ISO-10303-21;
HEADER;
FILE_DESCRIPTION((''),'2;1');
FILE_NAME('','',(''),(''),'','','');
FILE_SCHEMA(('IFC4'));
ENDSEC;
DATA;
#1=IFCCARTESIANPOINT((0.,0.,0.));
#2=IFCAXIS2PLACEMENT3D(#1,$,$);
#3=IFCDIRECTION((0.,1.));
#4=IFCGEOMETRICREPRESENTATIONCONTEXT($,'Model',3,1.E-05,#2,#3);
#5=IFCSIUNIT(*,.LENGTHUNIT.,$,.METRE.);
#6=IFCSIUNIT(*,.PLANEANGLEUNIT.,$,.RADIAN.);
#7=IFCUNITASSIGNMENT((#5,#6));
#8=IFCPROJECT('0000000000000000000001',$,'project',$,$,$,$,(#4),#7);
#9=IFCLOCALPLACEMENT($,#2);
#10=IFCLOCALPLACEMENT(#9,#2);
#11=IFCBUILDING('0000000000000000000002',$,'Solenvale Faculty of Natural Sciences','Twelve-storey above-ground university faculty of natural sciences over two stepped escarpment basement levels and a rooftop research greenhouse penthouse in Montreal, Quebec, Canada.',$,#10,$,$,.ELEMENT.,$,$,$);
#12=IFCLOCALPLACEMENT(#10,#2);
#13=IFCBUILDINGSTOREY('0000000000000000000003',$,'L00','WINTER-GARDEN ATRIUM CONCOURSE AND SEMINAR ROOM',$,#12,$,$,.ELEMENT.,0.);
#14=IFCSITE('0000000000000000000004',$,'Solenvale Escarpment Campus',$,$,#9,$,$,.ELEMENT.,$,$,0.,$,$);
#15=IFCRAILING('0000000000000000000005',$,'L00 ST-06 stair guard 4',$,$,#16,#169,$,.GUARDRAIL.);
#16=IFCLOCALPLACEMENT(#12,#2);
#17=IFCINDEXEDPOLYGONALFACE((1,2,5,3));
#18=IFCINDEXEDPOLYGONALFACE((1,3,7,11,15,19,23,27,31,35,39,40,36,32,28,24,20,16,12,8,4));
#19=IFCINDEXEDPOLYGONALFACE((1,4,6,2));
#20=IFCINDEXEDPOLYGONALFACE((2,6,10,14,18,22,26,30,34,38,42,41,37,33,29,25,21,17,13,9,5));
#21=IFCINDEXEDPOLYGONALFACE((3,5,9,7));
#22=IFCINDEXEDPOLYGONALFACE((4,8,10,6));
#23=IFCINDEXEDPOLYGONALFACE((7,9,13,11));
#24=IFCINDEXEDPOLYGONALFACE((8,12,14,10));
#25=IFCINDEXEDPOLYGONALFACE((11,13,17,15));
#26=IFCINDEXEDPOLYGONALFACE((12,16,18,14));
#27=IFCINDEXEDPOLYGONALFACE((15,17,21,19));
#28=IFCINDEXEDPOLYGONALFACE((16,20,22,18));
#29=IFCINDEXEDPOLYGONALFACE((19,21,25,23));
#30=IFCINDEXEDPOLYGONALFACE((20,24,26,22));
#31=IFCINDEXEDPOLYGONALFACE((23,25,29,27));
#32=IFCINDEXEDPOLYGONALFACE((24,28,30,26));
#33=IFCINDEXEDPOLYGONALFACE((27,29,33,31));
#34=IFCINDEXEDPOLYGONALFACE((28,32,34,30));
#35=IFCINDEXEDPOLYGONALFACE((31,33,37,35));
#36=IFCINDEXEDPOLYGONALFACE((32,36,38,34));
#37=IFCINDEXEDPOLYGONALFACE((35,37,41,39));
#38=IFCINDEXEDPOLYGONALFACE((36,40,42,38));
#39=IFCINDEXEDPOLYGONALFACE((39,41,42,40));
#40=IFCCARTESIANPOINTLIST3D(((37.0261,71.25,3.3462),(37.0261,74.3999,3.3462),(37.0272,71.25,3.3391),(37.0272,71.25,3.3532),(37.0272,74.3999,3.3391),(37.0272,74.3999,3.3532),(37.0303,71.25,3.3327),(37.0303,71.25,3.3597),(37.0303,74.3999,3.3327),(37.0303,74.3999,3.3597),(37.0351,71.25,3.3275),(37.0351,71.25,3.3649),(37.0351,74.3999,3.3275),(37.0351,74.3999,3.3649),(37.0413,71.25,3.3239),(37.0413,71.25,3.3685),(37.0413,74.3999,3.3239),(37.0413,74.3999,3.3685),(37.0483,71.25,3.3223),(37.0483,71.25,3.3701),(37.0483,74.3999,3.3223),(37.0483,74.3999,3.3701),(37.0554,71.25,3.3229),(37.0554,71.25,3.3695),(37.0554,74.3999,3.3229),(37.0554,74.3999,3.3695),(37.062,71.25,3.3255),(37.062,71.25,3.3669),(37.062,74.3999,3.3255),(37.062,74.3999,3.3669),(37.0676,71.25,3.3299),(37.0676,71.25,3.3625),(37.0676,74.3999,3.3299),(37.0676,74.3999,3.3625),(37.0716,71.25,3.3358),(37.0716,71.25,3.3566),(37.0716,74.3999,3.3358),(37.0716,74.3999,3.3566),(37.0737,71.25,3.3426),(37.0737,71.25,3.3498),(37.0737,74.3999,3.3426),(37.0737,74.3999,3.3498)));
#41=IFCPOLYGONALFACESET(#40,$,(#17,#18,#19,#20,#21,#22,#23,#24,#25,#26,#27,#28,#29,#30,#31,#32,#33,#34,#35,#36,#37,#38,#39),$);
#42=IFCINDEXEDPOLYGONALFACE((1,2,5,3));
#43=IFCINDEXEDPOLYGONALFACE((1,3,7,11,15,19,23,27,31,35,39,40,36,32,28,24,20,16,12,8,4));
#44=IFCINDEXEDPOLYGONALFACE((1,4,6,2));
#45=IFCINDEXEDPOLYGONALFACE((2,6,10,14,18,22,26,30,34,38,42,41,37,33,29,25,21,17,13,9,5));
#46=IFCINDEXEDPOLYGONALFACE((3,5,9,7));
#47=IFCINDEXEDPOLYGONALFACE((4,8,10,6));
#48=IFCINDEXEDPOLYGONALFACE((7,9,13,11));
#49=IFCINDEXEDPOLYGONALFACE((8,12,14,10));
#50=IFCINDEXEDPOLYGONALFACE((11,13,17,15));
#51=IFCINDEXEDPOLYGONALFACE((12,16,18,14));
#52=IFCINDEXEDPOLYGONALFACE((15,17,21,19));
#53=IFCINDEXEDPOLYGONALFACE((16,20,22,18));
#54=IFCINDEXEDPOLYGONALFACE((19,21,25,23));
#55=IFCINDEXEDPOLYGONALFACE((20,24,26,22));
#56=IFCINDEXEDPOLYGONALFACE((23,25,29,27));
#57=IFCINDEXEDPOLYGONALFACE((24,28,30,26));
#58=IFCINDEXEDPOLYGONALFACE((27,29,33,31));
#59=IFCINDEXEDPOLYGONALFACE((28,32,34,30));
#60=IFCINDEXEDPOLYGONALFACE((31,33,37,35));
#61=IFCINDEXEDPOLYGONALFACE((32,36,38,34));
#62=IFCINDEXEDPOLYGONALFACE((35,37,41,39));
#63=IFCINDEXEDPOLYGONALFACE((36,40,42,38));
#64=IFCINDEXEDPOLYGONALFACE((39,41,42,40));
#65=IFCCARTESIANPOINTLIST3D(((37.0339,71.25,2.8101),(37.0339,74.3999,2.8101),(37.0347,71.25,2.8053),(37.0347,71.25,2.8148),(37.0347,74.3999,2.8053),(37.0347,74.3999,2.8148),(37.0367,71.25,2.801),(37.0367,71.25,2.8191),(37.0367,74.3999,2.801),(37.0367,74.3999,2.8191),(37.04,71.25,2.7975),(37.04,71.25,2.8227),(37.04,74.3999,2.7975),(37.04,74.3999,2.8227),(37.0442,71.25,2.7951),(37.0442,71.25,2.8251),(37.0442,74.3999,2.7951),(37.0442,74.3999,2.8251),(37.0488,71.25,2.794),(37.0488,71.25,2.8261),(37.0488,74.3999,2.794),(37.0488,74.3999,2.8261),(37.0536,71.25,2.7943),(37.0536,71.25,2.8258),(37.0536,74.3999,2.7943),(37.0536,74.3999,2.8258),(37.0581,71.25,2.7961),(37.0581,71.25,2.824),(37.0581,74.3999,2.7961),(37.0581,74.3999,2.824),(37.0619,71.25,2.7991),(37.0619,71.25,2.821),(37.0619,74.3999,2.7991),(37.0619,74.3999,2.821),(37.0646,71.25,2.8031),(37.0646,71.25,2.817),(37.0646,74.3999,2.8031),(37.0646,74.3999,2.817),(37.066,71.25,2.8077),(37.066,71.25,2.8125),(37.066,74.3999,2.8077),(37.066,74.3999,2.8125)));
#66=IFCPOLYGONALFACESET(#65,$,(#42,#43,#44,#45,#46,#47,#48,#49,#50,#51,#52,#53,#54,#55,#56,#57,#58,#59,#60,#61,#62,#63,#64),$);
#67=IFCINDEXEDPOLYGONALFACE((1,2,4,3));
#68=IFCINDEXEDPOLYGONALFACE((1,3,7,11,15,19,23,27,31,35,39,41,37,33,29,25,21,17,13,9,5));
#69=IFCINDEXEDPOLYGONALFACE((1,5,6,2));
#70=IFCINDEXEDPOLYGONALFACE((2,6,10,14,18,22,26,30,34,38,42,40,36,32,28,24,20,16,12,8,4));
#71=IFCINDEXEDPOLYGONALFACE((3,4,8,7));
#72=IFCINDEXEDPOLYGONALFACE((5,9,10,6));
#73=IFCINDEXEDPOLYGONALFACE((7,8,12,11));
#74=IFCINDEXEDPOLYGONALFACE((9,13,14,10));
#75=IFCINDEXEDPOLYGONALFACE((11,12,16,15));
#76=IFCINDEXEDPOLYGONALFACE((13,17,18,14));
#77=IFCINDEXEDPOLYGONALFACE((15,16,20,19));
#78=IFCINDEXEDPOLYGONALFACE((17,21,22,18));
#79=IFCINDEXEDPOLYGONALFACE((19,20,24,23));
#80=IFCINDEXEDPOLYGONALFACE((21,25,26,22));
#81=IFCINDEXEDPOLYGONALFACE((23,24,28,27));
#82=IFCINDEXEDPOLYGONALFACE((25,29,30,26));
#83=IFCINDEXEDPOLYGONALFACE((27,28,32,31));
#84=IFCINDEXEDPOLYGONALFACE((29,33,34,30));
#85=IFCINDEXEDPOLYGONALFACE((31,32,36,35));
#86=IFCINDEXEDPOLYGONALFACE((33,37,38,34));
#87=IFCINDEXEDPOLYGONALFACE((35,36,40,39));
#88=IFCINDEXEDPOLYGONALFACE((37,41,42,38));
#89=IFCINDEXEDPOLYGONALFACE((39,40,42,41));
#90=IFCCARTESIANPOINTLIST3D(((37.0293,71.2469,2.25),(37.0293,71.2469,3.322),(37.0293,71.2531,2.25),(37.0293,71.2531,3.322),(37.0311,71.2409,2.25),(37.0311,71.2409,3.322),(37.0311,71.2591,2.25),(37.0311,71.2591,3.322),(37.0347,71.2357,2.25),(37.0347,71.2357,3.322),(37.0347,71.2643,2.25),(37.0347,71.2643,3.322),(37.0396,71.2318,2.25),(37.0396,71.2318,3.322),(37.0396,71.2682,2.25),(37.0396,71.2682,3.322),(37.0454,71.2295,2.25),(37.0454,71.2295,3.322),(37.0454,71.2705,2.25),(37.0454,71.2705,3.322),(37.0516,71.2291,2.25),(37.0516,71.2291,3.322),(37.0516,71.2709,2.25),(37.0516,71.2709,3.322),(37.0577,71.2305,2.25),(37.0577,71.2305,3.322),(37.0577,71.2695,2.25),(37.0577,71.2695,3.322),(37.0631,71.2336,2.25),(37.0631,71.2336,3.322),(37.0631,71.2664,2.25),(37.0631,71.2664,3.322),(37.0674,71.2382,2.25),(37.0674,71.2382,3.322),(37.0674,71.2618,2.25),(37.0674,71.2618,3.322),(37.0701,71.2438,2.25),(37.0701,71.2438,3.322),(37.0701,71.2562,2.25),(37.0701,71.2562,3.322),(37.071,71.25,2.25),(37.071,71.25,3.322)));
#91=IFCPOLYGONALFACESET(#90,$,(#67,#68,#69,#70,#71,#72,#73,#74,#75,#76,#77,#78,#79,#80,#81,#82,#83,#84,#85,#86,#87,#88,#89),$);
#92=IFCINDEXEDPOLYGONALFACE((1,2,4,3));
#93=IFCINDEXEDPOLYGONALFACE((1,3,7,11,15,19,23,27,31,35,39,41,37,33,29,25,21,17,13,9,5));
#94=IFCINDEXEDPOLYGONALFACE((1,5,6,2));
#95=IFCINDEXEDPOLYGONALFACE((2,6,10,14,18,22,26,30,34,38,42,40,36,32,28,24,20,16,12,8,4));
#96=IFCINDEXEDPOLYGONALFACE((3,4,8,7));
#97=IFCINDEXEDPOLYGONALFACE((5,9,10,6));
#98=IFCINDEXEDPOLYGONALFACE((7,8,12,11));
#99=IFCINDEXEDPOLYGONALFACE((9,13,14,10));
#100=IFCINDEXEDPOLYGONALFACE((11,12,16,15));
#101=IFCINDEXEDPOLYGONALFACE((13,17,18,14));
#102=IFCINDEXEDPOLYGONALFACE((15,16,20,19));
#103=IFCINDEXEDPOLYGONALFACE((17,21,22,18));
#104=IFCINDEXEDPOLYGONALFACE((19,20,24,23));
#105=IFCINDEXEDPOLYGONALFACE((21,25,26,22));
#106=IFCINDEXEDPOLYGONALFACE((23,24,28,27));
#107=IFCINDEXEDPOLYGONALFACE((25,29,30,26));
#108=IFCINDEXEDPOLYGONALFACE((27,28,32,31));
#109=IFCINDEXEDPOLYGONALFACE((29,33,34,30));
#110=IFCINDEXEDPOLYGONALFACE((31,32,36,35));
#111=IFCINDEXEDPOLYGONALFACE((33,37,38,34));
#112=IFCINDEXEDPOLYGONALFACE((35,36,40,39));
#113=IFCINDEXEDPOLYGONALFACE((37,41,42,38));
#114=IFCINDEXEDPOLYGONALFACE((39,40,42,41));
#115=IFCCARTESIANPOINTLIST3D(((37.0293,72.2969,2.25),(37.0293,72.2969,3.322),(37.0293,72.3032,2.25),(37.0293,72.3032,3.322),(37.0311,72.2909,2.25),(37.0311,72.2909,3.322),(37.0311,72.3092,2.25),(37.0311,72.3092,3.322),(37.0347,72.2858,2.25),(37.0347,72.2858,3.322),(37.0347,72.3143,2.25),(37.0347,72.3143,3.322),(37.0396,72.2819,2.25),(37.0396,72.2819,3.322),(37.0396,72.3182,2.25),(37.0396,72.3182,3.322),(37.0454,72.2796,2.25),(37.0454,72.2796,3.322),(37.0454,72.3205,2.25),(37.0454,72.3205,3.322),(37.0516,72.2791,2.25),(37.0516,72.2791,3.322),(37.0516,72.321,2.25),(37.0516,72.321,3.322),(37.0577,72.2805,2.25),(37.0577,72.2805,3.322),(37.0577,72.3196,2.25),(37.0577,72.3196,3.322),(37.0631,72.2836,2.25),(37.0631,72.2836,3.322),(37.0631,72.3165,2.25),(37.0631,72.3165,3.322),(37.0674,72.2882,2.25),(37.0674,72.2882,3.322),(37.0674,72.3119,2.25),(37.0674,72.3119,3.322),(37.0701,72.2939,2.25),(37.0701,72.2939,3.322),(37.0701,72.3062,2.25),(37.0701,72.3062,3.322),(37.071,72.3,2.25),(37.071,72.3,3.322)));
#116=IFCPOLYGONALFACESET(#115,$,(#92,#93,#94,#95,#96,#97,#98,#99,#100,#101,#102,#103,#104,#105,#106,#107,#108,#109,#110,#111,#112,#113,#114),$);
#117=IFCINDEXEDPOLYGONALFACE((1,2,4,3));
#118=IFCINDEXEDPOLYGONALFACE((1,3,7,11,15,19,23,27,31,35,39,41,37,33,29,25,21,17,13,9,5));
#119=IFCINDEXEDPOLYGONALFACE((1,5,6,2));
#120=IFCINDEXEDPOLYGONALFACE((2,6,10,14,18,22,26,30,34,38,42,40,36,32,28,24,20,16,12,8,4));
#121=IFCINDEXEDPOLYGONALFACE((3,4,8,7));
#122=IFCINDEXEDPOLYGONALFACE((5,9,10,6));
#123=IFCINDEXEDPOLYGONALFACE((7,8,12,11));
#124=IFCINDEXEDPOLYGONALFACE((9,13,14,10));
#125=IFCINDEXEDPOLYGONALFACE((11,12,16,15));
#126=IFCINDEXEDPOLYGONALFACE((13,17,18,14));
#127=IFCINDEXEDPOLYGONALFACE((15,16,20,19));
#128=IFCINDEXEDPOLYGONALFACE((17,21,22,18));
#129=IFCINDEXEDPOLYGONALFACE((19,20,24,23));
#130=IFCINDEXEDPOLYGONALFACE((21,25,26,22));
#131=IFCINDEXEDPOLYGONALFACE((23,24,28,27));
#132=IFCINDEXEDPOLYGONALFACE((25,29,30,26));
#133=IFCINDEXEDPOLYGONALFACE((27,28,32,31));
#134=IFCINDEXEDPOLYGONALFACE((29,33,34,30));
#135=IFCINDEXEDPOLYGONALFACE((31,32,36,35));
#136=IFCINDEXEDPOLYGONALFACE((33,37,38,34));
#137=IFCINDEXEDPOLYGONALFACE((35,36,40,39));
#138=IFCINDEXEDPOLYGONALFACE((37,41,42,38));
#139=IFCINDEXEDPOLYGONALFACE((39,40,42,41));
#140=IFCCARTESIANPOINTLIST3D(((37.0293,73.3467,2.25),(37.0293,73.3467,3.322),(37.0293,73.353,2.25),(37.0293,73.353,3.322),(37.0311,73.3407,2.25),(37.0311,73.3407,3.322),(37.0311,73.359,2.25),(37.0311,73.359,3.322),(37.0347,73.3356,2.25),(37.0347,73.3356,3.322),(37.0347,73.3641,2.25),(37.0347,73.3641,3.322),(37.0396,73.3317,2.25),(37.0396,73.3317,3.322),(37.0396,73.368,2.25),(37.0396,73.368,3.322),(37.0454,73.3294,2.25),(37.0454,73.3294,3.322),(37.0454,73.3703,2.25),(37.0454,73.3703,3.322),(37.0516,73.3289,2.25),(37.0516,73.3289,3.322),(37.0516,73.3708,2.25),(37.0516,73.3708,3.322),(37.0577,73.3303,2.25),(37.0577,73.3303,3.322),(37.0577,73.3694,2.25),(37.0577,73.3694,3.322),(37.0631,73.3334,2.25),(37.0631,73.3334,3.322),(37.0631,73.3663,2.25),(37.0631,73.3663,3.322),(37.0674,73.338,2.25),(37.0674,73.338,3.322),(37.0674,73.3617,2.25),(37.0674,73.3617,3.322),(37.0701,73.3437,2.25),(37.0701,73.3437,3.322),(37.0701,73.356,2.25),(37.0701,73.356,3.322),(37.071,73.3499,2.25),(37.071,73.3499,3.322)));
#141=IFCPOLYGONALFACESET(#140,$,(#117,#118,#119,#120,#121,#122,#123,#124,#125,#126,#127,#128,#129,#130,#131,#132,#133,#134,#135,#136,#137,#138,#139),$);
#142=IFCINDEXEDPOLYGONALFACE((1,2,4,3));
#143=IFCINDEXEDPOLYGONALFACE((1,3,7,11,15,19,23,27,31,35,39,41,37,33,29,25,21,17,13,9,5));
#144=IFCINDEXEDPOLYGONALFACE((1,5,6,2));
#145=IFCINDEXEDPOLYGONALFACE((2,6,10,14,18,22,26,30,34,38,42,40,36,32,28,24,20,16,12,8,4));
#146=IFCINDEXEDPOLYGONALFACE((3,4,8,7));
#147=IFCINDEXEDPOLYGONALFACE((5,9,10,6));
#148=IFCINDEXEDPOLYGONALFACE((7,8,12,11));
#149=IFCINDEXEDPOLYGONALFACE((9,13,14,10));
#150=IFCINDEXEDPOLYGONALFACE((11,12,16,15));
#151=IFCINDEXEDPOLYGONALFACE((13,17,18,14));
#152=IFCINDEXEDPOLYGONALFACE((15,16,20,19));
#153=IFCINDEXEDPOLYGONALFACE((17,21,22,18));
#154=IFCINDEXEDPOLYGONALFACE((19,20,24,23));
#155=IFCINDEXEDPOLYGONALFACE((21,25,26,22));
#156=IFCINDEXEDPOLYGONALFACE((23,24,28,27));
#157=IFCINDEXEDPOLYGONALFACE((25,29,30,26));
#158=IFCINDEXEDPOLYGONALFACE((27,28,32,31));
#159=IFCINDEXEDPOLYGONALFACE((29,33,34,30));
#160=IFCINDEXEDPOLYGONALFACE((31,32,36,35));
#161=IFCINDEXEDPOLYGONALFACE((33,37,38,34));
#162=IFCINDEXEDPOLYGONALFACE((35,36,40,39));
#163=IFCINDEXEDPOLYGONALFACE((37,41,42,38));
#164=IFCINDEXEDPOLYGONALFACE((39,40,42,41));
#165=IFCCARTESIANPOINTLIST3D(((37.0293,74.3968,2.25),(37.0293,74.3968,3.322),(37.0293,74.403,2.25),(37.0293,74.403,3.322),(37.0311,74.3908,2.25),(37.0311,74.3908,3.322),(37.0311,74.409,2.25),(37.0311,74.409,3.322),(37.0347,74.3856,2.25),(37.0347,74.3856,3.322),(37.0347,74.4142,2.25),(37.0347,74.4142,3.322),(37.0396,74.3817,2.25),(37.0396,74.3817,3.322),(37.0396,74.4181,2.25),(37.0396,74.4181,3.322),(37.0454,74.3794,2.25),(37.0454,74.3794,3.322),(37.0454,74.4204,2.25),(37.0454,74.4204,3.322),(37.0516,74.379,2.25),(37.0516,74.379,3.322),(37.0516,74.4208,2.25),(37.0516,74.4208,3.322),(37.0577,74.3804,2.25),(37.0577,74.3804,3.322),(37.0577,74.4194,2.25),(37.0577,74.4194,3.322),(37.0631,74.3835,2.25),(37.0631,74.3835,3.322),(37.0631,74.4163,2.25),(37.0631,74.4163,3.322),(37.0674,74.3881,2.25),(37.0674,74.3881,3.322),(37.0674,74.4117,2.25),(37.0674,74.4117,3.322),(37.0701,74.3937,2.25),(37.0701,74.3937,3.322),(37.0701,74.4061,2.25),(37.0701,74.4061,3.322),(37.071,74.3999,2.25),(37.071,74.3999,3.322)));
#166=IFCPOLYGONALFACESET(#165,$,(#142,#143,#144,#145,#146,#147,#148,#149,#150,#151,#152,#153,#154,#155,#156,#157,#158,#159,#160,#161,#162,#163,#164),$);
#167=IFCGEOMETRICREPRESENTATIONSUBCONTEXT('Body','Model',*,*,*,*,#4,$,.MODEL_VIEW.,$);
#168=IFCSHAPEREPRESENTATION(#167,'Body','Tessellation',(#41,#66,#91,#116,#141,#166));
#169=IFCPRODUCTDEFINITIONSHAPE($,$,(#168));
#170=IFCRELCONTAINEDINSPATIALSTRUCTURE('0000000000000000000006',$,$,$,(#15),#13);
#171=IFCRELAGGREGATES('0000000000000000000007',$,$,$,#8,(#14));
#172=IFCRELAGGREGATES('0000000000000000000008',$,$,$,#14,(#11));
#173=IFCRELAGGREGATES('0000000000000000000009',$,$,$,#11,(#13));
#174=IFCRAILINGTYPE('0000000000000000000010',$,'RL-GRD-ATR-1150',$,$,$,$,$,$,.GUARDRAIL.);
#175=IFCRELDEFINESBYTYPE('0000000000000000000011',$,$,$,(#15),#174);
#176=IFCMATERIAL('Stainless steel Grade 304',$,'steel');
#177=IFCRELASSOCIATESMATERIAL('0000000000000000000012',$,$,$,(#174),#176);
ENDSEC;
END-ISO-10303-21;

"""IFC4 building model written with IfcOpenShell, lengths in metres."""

from ifc_helpers import new_model, si_unit, direction, frame, origin, origin_2d, place, context, subcontext, project, spatial, circle, extrude, material, type_object, element, save


model = new_model("IFC4")

# Units and contexts
model_context = context("Model", 3, precision=1e-05, world=origin(), true_north=direction((0.0, 1.0)))
body_context = subcontext(model_context, "Body", "Model", "MODEL_VIEW")
ifc_project = project(units=[si_unit("LENGTHUNIT", "METRE"), si_unit("PLANEANGLEUNIT", "RADIAN")], contexts=[model_context])

# Site, building, storey
site_placement = place(None, origin())
site = spatial("IfcSite", under=ifc_project, at=site_placement, Name="Solenvale Escarpment Campus", CompositionType="ELEMENT", RefElevation=0.0)
building_placement = place(site_placement, origin())
building = spatial("IfcBuilding", under=site, at=building_placement, Name="Solenvale Faculty of Natural Sciences", Description="Twelve-storey above-ground university faculty of natural sciences over two stepped escarpment basement levels and a rooftop research greenhouse penthouse in Montreal, Quebec, Canada.", CompositionType="ELEMENT")
storey_placement = place(building_placement, origin())
storey = spatial("IfcBuildingStorey", under=building, at=storey_placement, Name="L00", Description="WINTER-GARDEN ATRIUM CONCOURSE AND SEMINAR ROOM", CompositionType="ELEMENT", Elevation=0.0)

# Railing
ifc_material_1 = material(Name="Stainless steel Grade 304", Category="steel")
railing_type_1 = type_object("IfcRailingType", Name="RL-GRD-ATR-1150", PredefinedType="GUARDRAIL", material=ifc_material_1)
for number, where, name in (
    (1, (37.05, 71.25, 2.25), "L00 ST-06 stair guard 4"),
):
    element("IfcRailing", number, at=place(storey_placement, frame(where)), inside=storey, type_object=railing_type_1, Name=name, PredefinedType="GUARDRAIL", context=body_context, shape_type="SweptSolid", body=[
        extrude(circle(Radius=0.0239, at=origin_2d()), frame((0.0, 0.0, 1.0962), z_axis=(0.0, 1.0, 0.0), x_axis=(-1.0, 0.0, 0.0)), (0.0, 0.0, 1.0), 3.1499),
        extrude(circle(Radius=0.0161, at=origin_2d()), frame((0.0, 0.0, 0.5601), z_axis=(0.0, 1.0, 0.0), x_axis=(-1.0, 0.0, 0.0)), (0.0, 0.0, 1.0), 3.1499),
        extrude(circle(Radius=0.021, at=origin_2d()), origin(), (0.0, 0.0, 1.0), 1.072),
        extrude(circle(Radius=0.021, at=origin_2d()), frame((0.0, 1.05, 0.0)), (0.0, 0.0, 1.0), 1.072),
        extrude(circle(Radius=0.021, at=origin_2d()), frame((0.0, 2.0999, 0.0)), (0.0, 0.0, 1.0), 1.072),
        extrude(circle(Radius=0.021, at=origin_2d()), frame((0.0, 3.1499, 0.0)), (0.0, 0.0, 1.0), 1.072),
    ])

save(model, "model.ifc")
